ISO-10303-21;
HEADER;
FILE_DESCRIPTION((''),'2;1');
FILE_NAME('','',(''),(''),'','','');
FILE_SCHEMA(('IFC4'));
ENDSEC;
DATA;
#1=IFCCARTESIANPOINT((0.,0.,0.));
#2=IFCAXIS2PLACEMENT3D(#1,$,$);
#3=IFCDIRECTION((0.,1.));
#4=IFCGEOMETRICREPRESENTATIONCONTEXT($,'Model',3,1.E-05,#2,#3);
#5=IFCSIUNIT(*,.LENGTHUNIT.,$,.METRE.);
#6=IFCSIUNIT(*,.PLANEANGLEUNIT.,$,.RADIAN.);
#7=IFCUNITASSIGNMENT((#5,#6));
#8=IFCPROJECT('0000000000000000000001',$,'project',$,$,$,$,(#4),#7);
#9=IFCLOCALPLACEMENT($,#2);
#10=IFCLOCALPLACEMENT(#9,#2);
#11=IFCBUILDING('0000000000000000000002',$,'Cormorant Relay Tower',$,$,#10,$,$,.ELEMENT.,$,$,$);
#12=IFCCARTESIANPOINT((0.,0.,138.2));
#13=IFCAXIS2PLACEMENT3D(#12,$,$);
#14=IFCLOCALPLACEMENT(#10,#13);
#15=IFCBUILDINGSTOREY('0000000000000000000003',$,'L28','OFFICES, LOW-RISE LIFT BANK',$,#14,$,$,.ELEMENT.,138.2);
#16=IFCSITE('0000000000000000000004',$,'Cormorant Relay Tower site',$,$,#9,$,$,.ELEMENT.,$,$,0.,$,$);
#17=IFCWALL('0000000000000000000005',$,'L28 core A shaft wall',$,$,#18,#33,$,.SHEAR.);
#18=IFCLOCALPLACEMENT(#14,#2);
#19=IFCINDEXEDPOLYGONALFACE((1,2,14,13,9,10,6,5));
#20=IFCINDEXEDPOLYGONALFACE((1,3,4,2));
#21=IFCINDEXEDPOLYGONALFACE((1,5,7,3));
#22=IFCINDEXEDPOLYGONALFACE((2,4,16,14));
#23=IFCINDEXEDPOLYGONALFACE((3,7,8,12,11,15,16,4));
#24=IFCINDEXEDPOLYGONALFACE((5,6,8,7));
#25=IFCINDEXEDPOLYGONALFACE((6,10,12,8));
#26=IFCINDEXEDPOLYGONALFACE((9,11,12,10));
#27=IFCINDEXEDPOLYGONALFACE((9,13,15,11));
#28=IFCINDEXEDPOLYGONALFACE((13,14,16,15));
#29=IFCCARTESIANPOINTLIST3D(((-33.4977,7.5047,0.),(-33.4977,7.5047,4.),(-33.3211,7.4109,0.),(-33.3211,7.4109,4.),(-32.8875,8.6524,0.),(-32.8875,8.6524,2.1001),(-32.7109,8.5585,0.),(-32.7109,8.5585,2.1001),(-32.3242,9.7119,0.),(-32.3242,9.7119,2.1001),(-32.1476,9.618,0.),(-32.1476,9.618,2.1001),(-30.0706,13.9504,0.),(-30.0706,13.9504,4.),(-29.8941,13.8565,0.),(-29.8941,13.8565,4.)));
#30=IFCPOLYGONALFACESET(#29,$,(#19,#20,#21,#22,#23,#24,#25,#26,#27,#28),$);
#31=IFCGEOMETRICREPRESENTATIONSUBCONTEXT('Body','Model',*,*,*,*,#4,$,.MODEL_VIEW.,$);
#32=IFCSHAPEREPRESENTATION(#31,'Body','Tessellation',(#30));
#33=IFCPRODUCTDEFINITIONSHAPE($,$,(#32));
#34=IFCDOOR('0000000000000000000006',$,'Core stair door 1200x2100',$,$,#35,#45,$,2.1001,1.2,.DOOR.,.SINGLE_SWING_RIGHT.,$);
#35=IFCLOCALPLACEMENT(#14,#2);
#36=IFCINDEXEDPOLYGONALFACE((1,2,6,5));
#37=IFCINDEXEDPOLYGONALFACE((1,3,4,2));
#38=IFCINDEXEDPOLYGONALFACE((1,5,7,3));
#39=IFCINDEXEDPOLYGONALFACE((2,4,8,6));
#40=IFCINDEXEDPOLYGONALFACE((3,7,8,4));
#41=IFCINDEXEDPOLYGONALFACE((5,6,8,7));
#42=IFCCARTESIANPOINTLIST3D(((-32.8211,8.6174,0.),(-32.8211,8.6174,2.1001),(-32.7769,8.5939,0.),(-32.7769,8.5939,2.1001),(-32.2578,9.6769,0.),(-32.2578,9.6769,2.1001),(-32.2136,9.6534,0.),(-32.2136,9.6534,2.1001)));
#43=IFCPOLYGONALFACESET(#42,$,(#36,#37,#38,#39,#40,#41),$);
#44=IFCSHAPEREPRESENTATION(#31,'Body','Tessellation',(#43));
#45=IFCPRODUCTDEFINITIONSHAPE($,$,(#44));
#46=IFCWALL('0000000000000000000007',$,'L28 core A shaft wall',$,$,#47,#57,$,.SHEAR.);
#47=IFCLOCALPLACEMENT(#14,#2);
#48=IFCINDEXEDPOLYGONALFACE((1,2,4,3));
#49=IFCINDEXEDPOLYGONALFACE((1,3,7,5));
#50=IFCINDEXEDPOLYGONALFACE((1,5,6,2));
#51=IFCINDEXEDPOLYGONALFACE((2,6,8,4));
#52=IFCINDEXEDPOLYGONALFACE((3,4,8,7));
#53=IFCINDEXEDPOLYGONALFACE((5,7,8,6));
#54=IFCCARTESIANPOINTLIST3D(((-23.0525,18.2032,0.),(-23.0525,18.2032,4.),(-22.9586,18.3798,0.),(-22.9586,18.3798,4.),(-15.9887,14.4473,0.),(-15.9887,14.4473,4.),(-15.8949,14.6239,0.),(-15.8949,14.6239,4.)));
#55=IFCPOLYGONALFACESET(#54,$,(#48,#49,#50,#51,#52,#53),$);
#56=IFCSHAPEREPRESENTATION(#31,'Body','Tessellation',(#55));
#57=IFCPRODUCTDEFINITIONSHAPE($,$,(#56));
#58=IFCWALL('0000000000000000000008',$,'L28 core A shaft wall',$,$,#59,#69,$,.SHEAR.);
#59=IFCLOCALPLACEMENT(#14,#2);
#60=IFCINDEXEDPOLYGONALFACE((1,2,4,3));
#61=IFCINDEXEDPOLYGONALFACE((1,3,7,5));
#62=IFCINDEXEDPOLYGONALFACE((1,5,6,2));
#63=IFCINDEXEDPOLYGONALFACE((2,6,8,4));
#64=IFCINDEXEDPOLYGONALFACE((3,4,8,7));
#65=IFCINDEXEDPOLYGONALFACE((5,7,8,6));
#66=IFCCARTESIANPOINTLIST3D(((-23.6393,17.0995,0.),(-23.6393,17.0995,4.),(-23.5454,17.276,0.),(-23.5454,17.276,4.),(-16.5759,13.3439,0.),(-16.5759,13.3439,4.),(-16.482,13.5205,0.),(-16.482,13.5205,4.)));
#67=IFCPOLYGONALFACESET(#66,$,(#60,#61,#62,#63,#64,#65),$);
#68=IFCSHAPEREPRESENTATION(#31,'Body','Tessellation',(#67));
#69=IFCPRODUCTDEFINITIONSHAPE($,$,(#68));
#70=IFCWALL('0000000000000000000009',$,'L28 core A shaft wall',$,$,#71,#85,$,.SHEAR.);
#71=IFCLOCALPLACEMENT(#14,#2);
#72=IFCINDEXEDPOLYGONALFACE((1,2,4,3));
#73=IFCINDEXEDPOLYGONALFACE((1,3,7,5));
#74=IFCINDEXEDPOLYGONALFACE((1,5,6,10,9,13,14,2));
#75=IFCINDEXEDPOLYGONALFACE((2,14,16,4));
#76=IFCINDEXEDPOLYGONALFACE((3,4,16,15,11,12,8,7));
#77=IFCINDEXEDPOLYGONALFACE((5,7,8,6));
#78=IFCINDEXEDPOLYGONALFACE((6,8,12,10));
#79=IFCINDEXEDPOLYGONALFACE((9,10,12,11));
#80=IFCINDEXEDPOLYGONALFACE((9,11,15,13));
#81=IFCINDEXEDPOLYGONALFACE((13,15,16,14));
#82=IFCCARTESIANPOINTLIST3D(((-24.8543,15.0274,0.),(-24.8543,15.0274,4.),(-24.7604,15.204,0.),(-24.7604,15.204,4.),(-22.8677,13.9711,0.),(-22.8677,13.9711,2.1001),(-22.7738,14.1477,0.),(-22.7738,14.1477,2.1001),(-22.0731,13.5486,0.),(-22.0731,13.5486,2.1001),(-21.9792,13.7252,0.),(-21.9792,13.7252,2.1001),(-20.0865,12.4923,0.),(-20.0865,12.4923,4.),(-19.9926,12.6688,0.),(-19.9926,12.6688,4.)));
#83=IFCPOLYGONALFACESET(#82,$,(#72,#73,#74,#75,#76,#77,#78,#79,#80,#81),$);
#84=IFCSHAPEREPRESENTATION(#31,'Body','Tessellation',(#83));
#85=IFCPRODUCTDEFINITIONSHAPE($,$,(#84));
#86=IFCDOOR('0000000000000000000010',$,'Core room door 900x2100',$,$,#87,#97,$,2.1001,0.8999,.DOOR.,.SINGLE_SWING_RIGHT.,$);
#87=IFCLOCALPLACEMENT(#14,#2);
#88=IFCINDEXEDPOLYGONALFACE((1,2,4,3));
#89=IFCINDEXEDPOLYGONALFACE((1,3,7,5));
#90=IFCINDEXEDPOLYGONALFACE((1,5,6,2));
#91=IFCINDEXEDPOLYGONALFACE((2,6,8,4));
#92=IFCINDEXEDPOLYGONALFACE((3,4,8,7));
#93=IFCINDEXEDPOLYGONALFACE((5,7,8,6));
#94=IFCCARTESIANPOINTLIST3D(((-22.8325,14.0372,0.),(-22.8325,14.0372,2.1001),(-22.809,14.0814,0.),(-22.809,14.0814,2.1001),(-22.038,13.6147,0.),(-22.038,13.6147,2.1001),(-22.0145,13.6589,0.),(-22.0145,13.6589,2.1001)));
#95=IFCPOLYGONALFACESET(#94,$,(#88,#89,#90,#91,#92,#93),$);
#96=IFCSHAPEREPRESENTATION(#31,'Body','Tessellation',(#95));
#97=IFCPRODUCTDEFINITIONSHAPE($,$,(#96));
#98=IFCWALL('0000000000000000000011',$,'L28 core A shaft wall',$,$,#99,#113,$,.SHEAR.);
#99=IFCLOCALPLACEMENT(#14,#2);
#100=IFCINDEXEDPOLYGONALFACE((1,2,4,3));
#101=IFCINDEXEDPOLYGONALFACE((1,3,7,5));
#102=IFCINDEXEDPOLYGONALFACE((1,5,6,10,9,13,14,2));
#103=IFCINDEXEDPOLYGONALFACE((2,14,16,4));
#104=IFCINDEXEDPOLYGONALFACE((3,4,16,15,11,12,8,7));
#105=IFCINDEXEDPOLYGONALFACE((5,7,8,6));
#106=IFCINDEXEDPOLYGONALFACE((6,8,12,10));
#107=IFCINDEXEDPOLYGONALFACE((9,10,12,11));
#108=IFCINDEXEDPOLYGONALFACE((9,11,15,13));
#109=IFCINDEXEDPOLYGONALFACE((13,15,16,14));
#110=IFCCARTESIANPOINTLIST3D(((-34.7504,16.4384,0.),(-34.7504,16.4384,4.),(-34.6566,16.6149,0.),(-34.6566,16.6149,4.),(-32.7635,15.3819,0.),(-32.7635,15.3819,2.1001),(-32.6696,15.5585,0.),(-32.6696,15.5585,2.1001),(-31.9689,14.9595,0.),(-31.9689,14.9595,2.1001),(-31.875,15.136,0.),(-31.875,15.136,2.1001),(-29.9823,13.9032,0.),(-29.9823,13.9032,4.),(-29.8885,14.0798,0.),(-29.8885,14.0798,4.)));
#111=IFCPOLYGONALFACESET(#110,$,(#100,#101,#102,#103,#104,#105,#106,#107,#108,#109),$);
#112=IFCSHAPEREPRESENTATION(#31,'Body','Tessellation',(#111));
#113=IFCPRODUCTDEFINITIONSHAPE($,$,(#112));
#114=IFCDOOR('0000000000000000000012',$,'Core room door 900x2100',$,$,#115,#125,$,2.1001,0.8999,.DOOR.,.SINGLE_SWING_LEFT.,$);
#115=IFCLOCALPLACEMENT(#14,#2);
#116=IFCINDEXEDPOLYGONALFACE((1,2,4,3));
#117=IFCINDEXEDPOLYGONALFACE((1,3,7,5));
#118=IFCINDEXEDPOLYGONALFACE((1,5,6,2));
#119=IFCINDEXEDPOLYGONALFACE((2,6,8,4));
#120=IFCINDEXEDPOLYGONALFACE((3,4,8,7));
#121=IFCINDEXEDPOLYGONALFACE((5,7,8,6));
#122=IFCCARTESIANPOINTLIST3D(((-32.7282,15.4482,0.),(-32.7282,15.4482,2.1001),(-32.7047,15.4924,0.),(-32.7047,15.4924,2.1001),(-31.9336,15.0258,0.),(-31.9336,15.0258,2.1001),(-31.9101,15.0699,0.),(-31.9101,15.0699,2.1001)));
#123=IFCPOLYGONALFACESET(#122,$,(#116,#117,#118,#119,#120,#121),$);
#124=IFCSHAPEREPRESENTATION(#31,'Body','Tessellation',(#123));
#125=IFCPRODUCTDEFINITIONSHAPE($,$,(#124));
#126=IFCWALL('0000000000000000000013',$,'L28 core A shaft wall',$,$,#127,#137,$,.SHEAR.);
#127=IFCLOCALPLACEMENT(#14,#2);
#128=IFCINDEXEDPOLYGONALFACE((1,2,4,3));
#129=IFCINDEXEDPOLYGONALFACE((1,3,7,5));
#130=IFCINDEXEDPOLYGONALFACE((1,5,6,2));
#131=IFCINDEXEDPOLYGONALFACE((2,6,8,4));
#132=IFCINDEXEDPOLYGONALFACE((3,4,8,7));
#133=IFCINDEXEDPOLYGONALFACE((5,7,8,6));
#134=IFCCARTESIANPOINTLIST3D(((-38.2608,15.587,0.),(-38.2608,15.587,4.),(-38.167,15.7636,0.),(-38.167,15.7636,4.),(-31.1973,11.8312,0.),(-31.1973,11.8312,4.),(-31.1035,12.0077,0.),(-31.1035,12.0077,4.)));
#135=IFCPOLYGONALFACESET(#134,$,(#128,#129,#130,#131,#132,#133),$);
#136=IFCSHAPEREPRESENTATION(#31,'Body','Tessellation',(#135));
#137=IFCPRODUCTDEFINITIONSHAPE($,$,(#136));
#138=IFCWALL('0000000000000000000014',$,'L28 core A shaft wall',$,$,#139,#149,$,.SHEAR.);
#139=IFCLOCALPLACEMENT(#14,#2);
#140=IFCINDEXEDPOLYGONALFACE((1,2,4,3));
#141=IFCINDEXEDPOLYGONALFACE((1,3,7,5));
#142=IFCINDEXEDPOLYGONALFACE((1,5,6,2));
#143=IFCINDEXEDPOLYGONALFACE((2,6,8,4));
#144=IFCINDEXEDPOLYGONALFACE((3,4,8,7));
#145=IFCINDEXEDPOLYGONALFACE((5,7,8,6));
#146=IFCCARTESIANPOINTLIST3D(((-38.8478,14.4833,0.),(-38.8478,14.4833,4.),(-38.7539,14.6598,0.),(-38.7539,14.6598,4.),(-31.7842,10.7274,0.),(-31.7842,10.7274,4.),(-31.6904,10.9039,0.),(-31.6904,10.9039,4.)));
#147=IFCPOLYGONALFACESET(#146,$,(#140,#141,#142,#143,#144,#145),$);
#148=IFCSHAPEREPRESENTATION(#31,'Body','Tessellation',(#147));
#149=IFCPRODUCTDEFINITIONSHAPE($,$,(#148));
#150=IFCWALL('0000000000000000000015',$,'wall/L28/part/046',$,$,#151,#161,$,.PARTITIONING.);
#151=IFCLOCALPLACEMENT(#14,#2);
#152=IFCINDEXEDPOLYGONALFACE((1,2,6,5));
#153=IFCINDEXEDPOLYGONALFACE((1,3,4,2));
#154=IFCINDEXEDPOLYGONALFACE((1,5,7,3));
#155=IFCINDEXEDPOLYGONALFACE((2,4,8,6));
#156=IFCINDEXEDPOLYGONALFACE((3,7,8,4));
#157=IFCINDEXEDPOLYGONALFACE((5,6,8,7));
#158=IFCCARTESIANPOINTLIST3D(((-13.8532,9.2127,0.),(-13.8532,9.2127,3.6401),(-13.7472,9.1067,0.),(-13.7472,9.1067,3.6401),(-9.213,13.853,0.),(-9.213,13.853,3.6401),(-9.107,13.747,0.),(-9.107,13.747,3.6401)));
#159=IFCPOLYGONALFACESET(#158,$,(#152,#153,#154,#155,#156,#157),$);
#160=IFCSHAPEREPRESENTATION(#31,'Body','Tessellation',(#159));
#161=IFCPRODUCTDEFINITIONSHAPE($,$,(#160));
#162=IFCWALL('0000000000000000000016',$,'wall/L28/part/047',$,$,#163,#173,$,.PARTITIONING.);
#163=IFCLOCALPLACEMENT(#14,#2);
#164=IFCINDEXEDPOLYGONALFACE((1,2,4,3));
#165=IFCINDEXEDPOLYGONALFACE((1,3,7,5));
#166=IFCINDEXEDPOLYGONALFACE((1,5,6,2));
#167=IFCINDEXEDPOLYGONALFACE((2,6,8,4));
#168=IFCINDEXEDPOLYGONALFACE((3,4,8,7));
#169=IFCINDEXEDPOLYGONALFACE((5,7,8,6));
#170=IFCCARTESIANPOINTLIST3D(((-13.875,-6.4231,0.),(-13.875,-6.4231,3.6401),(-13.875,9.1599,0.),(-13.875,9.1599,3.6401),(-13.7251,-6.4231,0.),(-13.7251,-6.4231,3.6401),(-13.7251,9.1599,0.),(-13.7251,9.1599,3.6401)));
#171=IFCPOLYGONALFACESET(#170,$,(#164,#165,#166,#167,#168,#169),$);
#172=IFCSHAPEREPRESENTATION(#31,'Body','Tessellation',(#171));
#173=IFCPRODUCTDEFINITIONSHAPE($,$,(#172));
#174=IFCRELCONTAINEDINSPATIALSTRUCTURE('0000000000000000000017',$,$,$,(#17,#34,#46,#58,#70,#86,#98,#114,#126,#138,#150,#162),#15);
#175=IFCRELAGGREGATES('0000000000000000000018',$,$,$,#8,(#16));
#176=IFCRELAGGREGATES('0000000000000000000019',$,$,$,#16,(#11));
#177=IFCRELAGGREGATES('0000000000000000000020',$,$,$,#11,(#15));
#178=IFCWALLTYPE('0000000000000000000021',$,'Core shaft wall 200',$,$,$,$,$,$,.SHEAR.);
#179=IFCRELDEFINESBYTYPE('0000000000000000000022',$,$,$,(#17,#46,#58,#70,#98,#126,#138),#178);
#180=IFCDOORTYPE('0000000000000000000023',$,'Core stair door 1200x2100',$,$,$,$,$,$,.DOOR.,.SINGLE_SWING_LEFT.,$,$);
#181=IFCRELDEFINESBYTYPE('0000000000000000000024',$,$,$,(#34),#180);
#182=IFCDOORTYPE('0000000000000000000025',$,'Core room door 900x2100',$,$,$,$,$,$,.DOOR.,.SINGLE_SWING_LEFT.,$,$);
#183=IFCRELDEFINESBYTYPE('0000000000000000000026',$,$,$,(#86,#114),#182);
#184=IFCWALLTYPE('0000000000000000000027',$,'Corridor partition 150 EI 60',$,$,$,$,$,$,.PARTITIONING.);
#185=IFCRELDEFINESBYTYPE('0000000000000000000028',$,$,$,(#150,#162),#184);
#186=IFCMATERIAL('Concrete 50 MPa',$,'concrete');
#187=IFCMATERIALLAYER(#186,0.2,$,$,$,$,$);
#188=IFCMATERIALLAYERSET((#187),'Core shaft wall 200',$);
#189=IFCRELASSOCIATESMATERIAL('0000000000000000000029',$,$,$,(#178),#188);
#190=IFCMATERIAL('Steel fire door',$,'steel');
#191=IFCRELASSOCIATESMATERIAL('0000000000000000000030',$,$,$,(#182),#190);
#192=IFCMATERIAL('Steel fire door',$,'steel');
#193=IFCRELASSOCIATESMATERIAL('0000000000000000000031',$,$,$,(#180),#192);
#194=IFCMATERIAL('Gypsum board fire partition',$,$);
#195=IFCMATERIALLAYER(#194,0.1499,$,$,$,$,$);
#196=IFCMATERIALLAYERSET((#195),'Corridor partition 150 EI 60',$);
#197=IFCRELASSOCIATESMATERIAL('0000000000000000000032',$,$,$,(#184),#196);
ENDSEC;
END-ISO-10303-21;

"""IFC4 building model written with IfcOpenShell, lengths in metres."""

from ifc_helpers import new_model, si_unit, direction, frame, frame_2d, origin, place, context, subcontext, project, spatial, rectangle, extrude, material, layer, layer_set, type_object, element, fill, save


model = new_model("IFC4")

# Units and contexts
model_context = context("Model", 3, precision=1e-05, world=origin(), true_north=direction((0.0, 1.0)))
body_context = subcontext(model_context, "Body", "Model", "MODEL_VIEW")
ifc_project = project(units=[si_unit("LENGTHUNIT", "METRE"), si_unit("PLANEANGLEUNIT", "RADIAN")], contexts=[model_context])

# Site, building, storey
site_placement = place(None, origin())
site = spatial("IfcSite", under=ifc_project, at=site_placement, Name="Cormorant Relay Tower site", CompositionType="ELEMENT", RefElevation=0.0)
building_placement = place(site_placement, origin())
building = spatial("IfcBuilding", under=site, at=building_placement, Name="Cormorant Relay Tower", CompositionType="ELEMENT")
storey_placement = place(building_placement, frame((0.0, 0.0, 138.2)))
storey = spatial("IfcBuildingStorey", under=building, at=storey_placement, Name="L28", Description="OFFICES, LOW-RISE LIFT BANK", CompositionType="ELEMENT", Elevation=138.2)

# Shared definitions
ifc_material_1 = material(Name="Concrete 50 MPa", Category="concrete")
ifc_layer_1 = layer(ifc_material_1, 0.2)
ifc_layer_set_1 = layer_set([ifc_layer_1], Name="Core shaft wall 200")
wall_type_1 = type_object("IfcWallType", Name="Core shaft wall 200", PredefinedType="SHEAR", material=ifc_layer_set_1)

# Shared definitions
ifc_material_2 = material(Name="Steel fire door", Category="steel")
door_type_1 = type_object("IfcDoorType", Name="Core room door 900x2100", OperationType="SINGLE_SWING_LEFT", PredefinedType="DOOR", material=ifc_material_2)

# Wall, opening, door
wall_1_placement = place(storey_placement, frame((-29.9824, 13.9033, 0.0), z_axis=(0.0, 0.0, 1.0), x_axis=(-0.469454, -0.882957, 0.0)))
wall_1 = element("IfcWall", 1, at=wall_1_placement, inside=storey, type_object=wall_type_1, Name="L28 core A shaft wall", PredefinedType="SHEAR", context=body_context, shape_type="SweptSolid", body=[
    extrude(rectangle(XDim=7.3, YDim=0.2, at=frame_2d((3.6499, 0.0))), origin(), (0.0, 0.0, 1.0), 4.0),
])
opening_1_placement = place(wall_1_placement, frame((4.8, 0.0, 0.0)))
opening_1 = element("IfcOpeningElement", 2, at=opening_1_placement, cuts=wall_1, PredefinedType="OPENING", context=body_context, shape_type="SweptSolid", body=[
    extrude(rectangle(XDim=1.2, YDim=2.1001, at=frame_2d((0.6001, 1.05))), frame((0.0, 0.1099, 0.0), z_axis=(0.0, -1.0, 0.0), x_axis=(1.0, 0.0, 0.0)), (0.0, 0.0, 1.0), 0.22),
])
ifc_material_3 = material(Name="Steel fire door", Category="steel")
door_type_2 = type_object("IfcDoorType", Name="Core stair door 1200x2100", OperationType="SINGLE_SWING_LEFT", PredefinedType="DOOR", material=ifc_material_3)
door_1_placement = place(opening_1_placement, frame((1.2, 0.0, 0.0), z_axis=(0.0, 0.0, 1.0), x_axis=(-1.0, 0.0, 0.0)))
door_1 = element("IfcDoor", 3, at=door_1_placement, inside=storey, type_object=door_type_2, Name="Core stair door 1200x2100", OperationType="SINGLE_SWING_RIGHT", OverallHeight=2.1001, OverallWidth=1.2, PredefinedType="DOOR", context=body_context, shape_type="SweptSolid", body=[
    extrude(rectangle(XDim=1.2, YDim=2.1001, at=frame_2d((0.6001, 1.05))), frame((0.0, 0.0249, 0.0), z_axis=(0.0, -1.0, 0.0), x_axis=(1.0, 0.0, 0.0)), (0.0, 0.0, 1.0), 0.05),
])
fill(opening_1, door_1)

# Walls
wall_2_placement = place(storey_placement, frame((-15.9419, 14.5356, 0.0), z_axis=(0.0, 0.0, 1.0), x_axis=(-0.882947, 0.469473, 0.0)))
element("IfcWall", 4, at=wall_2_placement, inside=storey, type_object=wall_type_1, Name="L28 core A shaft wall", PredefinedType="SHEAR", context=body_context, shape_type="SweptSolid", body=[
    extrude(rectangle(XDim=8.0002, YDim=0.2, at=frame_2d((4.0, 0.0))), origin(), (0.0, 0.0, 1.0), 4.0),
])
wall_3_placement = place(storey_placement, frame((-16.5288, 13.4321, 0.0), z_axis=(0.0, 0.0, 1.0), x_axis=(-0.882953, 0.469462, 0.0)))
element("IfcWall", 5, at=wall_3_placement, inside=storey, type_object=wall_type_1, Name="L28 core A shaft wall", PredefinedType="SHEAR", context=body_context, shape_type="SweptSolid", body=[
    extrude(rectangle(XDim=7.9998, YDim=0.2, at=frame_2d((4.0, 0.0))), origin(), (0.0, 0.0, 1.0), 4.0),
])

# Walls, openings, doors
wall_4_placement = place(storey_placement, frame((-20.0396, 12.5806, 0.0), z_axis=(0.0, 0.0, 1.0), x_axis=(-0.882943, 0.46948, 0.0)))
wall_4 = element("IfcWall", 6, at=wall_4_placement, inside=storey, type_object=wall_type_1, Name="L28 core A shaft wall", PredefinedType="SHEAR", context=body_context, shape_type="SweptSolid", body=[
    extrude(rectangle(XDim=5.3999, YDim=0.2, at=frame_2d((2.7, 0.0))), origin(), (0.0, 0.0, 1.0), 4.0),
])
opening_2_placement = place(wall_4_placement, frame((2.25, 0.0, 0.0)))
opening_2 = element("IfcOpeningElement", 7, at=opening_2_placement, cuts=wall_4, PredefinedType="OPENING", context=body_context, shape_type="SweptSolid", body=[
    extrude(rectangle(XDim=0.8999, YDim=2.1001, at=frame_2d((0.45, 1.05))), frame((0.0, 0.1099, 0.0), z_axis=(0.0, -1.0, 0.0), x_axis=(1.0, 0.0, 0.0)), (0.0, 0.0, 1.0), 0.22),
])
door_2_placement = place(opening_2_placement, frame((0.8999, 0.0, 0.0), z_axis=(0.0, 0.0, 1.0), x_axis=(-1.0, 0.0, 0.0)))
door_2 = element("IfcDoor", 8, at=door_2_placement, inside=storey, type_object=door_type_1, Name="Core room door 900x2100", OperationType="SINGLE_SWING_RIGHT", OverallHeight=2.1001, OverallWidth=0.8999, PredefinedType="DOOR", context=body_context, shape_type="SweptSolid", body=[
    extrude(rectangle(XDim=0.8999, YDim=2.1001, at=frame_2d((0.45, 1.05))), frame((0.0, 0.0249, 0.0), z_axis=(0.0, -1.0, 0.0), x_axis=(1.0, 0.0, 0.0)), (0.0, 0.0, 1.0), 0.05),
])
fill(opening_2, door_2)
wall_5_placement = place(storey_placement, frame((-29.9353, 13.9915, 0.0), z_axis=(0.0, 0.0, 1.0), x_axis=(-0.882953, 0.469462, 0.0)))
wall_5 = element("IfcWall", 9, at=wall_5_placement, inside=storey, type_object=wall_type_1, Name="L28 core A shaft wall", PredefinedType="SHEAR", context=body_context, shape_type="SweptSolid", body=[
    extrude(rectangle(XDim=5.4001, YDim=0.2, at=frame_2d((2.7002, 0.0))), origin(), (0.0, 0.0, 1.0), 4.0),
])
opening_3_placement = place(wall_5_placement, frame((2.25, 0.0, 0.0)))
opening_3 = element("IfcOpeningElement", 10, at=opening_3_placement, cuts=wall_5, PredefinedType="OPENING", context=body_context, shape_type="SweptSolid", body=[
    extrude(rectangle(XDim=0.8999, YDim=2.1001, at=frame_2d((0.45, 1.05))), frame((0.0, 0.1099, 0.0), z_axis=(0.0, -1.0, 0.0), x_axis=(1.0, 0.0, 0.0)), (0.0, 0.0, 1.0), 0.22),
])
door_3_placement = place(opening_3_placement, origin())
door_3 = element("IfcDoor", 11, at=door_3_placement, inside=storey, type_object=door_type_1, Name="Core room door 900x2100", OperationType="SINGLE_SWING_LEFT", OverallHeight=2.1001, OverallWidth=0.8999, PredefinedType="DOOR", context=body_context, shape_type="SweptSolid", body=[
    extrude(rectangle(XDim=0.8999, YDim=2.1001, at=frame_2d((0.45, 1.05))), frame((0.0, 0.0249, 0.0), z_axis=(0.0, -1.0, 0.0), x_axis=(1.0, 0.0, 0.0)), (0.0, 0.0, 1.0), 0.05),
])
fill(opening_3, door_3)

# Walls
for number, where, z_axis, x_axis, name in (
    (12, (-31.1504, 11.9194, 0.0), (0.0, 0.0, 1.0), (-0.88294, 0.469485, 0.0), "L28 core A shaft wall"),
    (13, (-31.7373, 10.8157, 0.0), (0.0, 0.0, 1.0), (-0.88294, 0.469485, 0.0), "L28 core A shaft wall"),
):
    element("IfcWall", number, at=place(storey_placement, frame(where, z_axis=z_axis, x_axis=x_axis)), inside=storey, type_object=wall_type_1, Name=name, PredefinedType="SHEAR", context=body_context, shape_type="SweptSolid", body=[
        extrude(rectangle(XDim=8.0, YDim=0.2, at=frame_2d((4.0, 0.0))), origin(), (0.0, 0.0, 1.0), 4.0),
    ])
ifc_material_4 = material(Name="Gypsum board fire partition")
ifc_layer_2 = layer(ifc_material_4, 0.1499)
ifc_layer_set_2 = layer_set([ifc_layer_2], Name="Corridor partition 150 EI 60")
wall_type_2 = type_object("IfcWallType", Name="Corridor partition 150 EI 60", PredefinedType="PARTITIONING", material=ifc_layer_set_2)
wall_6_placement = place(storey_placement, frame((-9.1599, 13.8, 0.0), z_axis=(0.0, 0.0, 1.0), x_axis=(-0.707107, -0.707107, 0.0)))
element("IfcWall", 14, at=wall_6_placement, inside=storey, type_object=wall_type_2, Name="wall/L28/part/046", PredefinedType="PARTITIONING", context=body_context, shape_type="SweptSolid", body=[
    extrude(rectangle(XDim=6.5623, YDim=0.1499, at=frame_2d((3.2812, 0.0))), origin(), (0.0, 0.0, 1.0), 3.6401),
])
wall_7_placement = place(storey_placement, frame((-13.8, 9.1599, 0.0), z_axis=(0.0, 0.0, 1.0), x_axis=(0.0, -1.0, 0.0)))
element("IfcWall", 15, at=wall_7_placement, inside=storey, type_object=wall_type_2, Name="wall/L28/part/047", PredefinedType="PARTITIONING", context=body_context, shape_type="SweptSolid", body=[
    extrude(rectangle(XDim=15.583, YDim=0.1499, at=frame_2d((7.7915, 0.0))), origin(), (0.0, 0.0, 1.0), 3.6401),
])

save(model, "model.ifc")
